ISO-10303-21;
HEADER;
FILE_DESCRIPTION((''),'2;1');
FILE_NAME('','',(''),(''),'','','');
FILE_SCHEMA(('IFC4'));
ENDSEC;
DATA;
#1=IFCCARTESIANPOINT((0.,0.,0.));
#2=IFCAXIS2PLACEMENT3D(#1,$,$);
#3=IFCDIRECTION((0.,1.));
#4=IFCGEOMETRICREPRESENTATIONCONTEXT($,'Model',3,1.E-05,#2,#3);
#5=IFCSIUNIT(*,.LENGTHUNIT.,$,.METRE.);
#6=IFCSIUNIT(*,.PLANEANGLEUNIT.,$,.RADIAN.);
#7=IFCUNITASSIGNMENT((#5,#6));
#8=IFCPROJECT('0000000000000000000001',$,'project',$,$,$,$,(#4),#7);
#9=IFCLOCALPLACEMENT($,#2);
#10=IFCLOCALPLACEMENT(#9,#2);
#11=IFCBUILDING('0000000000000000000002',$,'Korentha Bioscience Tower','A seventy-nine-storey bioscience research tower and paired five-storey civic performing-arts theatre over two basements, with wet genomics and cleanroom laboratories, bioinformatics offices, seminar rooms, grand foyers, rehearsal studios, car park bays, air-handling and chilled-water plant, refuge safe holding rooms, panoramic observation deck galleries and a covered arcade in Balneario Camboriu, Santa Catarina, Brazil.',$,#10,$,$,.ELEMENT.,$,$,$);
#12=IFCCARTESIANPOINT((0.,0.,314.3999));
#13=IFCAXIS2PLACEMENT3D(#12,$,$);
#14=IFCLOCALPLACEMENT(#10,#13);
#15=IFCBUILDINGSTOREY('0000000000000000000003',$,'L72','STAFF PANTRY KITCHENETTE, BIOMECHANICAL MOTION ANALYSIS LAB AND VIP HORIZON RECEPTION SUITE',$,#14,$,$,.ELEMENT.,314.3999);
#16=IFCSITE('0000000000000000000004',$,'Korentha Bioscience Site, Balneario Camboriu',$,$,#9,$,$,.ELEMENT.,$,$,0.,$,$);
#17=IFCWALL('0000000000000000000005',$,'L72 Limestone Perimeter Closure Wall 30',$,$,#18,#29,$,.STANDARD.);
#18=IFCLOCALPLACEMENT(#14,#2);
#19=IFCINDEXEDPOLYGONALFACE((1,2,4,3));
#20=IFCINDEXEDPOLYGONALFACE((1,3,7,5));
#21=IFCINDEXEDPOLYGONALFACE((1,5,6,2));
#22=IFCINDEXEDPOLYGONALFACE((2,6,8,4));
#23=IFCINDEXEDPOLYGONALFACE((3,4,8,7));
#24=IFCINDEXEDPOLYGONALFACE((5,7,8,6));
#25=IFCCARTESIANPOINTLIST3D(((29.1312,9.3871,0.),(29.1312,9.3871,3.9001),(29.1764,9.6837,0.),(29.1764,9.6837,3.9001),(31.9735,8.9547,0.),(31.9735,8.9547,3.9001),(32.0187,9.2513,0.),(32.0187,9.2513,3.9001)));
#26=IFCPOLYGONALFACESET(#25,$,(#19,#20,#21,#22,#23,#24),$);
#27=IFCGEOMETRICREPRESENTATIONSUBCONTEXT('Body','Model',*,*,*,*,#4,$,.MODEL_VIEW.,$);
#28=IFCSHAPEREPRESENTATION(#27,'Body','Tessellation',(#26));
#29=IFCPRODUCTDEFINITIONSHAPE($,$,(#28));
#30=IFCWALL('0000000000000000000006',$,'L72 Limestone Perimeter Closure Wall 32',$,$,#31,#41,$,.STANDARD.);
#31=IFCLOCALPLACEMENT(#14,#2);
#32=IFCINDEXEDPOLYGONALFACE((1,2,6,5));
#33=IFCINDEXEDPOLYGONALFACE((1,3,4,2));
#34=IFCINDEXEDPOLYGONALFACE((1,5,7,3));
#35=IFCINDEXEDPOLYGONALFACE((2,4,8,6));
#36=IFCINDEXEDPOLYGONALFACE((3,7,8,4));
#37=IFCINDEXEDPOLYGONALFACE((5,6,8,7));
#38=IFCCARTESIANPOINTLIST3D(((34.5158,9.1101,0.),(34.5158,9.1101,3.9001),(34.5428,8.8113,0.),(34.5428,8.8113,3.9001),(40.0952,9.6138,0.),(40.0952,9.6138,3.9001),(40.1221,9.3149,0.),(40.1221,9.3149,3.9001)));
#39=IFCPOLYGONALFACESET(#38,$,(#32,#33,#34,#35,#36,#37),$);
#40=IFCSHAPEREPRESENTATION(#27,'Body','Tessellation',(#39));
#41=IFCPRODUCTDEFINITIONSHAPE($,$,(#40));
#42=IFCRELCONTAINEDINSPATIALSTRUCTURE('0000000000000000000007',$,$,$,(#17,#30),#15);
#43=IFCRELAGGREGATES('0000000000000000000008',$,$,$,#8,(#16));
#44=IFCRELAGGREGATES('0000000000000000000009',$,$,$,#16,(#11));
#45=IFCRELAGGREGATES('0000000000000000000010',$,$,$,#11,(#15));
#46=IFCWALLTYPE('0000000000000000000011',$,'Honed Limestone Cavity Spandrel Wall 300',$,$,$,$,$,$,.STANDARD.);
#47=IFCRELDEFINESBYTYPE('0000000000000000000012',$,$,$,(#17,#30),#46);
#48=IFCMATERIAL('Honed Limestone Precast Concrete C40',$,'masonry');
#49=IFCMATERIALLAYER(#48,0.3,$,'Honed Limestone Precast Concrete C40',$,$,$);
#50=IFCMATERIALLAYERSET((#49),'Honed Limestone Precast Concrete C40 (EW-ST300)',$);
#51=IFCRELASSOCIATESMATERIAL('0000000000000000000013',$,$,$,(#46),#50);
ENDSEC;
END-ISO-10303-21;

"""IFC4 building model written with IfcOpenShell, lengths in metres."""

from ifc_helpers import new_model, si_unit, direction, frame, frame_2d, origin, place, context, subcontext, project, spatial, rectangle, extrude, material, layer, layer_set, type_object, element, save


model = new_model("IFC4")

# Units and contexts
model_context = context("Model", 3, precision=1e-05, world=origin(), true_north=direction((0.0, 1.0)))
body_context = subcontext(model_context, "Body", "Model", "MODEL_VIEW")
ifc_project = project(units=[si_unit("LENGTHUNIT", "METRE"), si_unit("PLANEANGLEUNIT", "RADIAN")], contexts=[model_context])

# Site, building, storey
site_placement = place(None, origin())
site = spatial("IfcSite", under=ifc_project, at=site_placement, Name="Korentha Bioscience Site, Balneario Camboriu", CompositionType="ELEMENT", RefElevation=0.0)
building_placement = place(site_placement, origin())
building = spatial("IfcBuilding", under=site, at=building_placement, Name="Korentha Bioscience Tower", Description="A seventy-nine-storey bioscience research tower and paired five-storey civic performing-arts theatre over two basements, with wet genomics and cleanroom laboratories, bioinformatics offices, seminar rooms, grand foyers, rehearsal studios, car park bays, air-handling and chilled-water plant, refuge safe holding rooms, panoramic observation deck galleries and a covered arcade in Balneario Camboriu, Santa Catarina, Brazil.", CompositionType="ELEMENT")
storey_placement = place(building_placement, frame((0.0, 0.0, 314.3999)))
storey = spatial("IfcBuildingStorey", under=building, at=storey_placement, Name="L72", Description="STAFF PANTRY KITCHENETTE, BIOMECHANICAL MOTION ANALYSIS LAB AND VIP HORIZON RECEPTION SUITE", CompositionType="ELEMENT", Elevation=314.3999)

# Walls
ifc_material_1 = material(Name="Honed Limestone Precast Concrete C40", Category="masonry")
ifc_layer_1 = layer(ifc_material_1, 0.3, Name="Honed Limestone Precast Concrete C40")
ifc_layer_set_1 = layer_set([ifc_layer_1], Name="Honed Limestone Precast Concrete C40 (EW-ST300)")
wall_type_1 = type_object("IfcWallType", Name="Honed Limestone Cavity Spandrel Wall 300", PredefinedType="STANDARD", material=ifc_layer_set_1)
wall_1_placement = place(storey_placement, frame((29.1538, 9.5354, 0.0), z_axis=(0.0, 0.0, 1.0), x_axis=(0.988627, -0.150391, 0.0)))
element("IfcWall", 1, at=wall_1_placement, inside=storey, type_object=wall_type_1, Name="L72 Limestone Perimeter Closure Wall 30", PredefinedType="STANDARD", context=body_context, shape_type="SweptSolid", body=[
    extrude(rectangle(XDim=2.875, YDim=0.3, at=frame_2d((1.4375, 0.0))), origin(), (0.0, 0.0, 1.0), 3.9001),
])
wall_2_placement = place(storey_placement, frame((34.5293, 8.9607, 0.0), z_axis=(0.0, 0.0, 1.0), x_axis=(0.99595, 0.089907, 0.0)))
element("IfcWall", 2, at=wall_2_placement, inside=storey, type_object=wall_type_1, Name="L72 Limestone Perimeter Closure Wall 32", PredefinedType="STANDARD", context=body_context, shape_type="SweptSolid", body=[
    extrude(rectangle(XDim=5.6021, YDim=0.3, at=frame_2d((2.801, 0.0))), origin(), (0.0, 0.0, 1.0), 3.9001),
])

save(model, "model.ifc")
